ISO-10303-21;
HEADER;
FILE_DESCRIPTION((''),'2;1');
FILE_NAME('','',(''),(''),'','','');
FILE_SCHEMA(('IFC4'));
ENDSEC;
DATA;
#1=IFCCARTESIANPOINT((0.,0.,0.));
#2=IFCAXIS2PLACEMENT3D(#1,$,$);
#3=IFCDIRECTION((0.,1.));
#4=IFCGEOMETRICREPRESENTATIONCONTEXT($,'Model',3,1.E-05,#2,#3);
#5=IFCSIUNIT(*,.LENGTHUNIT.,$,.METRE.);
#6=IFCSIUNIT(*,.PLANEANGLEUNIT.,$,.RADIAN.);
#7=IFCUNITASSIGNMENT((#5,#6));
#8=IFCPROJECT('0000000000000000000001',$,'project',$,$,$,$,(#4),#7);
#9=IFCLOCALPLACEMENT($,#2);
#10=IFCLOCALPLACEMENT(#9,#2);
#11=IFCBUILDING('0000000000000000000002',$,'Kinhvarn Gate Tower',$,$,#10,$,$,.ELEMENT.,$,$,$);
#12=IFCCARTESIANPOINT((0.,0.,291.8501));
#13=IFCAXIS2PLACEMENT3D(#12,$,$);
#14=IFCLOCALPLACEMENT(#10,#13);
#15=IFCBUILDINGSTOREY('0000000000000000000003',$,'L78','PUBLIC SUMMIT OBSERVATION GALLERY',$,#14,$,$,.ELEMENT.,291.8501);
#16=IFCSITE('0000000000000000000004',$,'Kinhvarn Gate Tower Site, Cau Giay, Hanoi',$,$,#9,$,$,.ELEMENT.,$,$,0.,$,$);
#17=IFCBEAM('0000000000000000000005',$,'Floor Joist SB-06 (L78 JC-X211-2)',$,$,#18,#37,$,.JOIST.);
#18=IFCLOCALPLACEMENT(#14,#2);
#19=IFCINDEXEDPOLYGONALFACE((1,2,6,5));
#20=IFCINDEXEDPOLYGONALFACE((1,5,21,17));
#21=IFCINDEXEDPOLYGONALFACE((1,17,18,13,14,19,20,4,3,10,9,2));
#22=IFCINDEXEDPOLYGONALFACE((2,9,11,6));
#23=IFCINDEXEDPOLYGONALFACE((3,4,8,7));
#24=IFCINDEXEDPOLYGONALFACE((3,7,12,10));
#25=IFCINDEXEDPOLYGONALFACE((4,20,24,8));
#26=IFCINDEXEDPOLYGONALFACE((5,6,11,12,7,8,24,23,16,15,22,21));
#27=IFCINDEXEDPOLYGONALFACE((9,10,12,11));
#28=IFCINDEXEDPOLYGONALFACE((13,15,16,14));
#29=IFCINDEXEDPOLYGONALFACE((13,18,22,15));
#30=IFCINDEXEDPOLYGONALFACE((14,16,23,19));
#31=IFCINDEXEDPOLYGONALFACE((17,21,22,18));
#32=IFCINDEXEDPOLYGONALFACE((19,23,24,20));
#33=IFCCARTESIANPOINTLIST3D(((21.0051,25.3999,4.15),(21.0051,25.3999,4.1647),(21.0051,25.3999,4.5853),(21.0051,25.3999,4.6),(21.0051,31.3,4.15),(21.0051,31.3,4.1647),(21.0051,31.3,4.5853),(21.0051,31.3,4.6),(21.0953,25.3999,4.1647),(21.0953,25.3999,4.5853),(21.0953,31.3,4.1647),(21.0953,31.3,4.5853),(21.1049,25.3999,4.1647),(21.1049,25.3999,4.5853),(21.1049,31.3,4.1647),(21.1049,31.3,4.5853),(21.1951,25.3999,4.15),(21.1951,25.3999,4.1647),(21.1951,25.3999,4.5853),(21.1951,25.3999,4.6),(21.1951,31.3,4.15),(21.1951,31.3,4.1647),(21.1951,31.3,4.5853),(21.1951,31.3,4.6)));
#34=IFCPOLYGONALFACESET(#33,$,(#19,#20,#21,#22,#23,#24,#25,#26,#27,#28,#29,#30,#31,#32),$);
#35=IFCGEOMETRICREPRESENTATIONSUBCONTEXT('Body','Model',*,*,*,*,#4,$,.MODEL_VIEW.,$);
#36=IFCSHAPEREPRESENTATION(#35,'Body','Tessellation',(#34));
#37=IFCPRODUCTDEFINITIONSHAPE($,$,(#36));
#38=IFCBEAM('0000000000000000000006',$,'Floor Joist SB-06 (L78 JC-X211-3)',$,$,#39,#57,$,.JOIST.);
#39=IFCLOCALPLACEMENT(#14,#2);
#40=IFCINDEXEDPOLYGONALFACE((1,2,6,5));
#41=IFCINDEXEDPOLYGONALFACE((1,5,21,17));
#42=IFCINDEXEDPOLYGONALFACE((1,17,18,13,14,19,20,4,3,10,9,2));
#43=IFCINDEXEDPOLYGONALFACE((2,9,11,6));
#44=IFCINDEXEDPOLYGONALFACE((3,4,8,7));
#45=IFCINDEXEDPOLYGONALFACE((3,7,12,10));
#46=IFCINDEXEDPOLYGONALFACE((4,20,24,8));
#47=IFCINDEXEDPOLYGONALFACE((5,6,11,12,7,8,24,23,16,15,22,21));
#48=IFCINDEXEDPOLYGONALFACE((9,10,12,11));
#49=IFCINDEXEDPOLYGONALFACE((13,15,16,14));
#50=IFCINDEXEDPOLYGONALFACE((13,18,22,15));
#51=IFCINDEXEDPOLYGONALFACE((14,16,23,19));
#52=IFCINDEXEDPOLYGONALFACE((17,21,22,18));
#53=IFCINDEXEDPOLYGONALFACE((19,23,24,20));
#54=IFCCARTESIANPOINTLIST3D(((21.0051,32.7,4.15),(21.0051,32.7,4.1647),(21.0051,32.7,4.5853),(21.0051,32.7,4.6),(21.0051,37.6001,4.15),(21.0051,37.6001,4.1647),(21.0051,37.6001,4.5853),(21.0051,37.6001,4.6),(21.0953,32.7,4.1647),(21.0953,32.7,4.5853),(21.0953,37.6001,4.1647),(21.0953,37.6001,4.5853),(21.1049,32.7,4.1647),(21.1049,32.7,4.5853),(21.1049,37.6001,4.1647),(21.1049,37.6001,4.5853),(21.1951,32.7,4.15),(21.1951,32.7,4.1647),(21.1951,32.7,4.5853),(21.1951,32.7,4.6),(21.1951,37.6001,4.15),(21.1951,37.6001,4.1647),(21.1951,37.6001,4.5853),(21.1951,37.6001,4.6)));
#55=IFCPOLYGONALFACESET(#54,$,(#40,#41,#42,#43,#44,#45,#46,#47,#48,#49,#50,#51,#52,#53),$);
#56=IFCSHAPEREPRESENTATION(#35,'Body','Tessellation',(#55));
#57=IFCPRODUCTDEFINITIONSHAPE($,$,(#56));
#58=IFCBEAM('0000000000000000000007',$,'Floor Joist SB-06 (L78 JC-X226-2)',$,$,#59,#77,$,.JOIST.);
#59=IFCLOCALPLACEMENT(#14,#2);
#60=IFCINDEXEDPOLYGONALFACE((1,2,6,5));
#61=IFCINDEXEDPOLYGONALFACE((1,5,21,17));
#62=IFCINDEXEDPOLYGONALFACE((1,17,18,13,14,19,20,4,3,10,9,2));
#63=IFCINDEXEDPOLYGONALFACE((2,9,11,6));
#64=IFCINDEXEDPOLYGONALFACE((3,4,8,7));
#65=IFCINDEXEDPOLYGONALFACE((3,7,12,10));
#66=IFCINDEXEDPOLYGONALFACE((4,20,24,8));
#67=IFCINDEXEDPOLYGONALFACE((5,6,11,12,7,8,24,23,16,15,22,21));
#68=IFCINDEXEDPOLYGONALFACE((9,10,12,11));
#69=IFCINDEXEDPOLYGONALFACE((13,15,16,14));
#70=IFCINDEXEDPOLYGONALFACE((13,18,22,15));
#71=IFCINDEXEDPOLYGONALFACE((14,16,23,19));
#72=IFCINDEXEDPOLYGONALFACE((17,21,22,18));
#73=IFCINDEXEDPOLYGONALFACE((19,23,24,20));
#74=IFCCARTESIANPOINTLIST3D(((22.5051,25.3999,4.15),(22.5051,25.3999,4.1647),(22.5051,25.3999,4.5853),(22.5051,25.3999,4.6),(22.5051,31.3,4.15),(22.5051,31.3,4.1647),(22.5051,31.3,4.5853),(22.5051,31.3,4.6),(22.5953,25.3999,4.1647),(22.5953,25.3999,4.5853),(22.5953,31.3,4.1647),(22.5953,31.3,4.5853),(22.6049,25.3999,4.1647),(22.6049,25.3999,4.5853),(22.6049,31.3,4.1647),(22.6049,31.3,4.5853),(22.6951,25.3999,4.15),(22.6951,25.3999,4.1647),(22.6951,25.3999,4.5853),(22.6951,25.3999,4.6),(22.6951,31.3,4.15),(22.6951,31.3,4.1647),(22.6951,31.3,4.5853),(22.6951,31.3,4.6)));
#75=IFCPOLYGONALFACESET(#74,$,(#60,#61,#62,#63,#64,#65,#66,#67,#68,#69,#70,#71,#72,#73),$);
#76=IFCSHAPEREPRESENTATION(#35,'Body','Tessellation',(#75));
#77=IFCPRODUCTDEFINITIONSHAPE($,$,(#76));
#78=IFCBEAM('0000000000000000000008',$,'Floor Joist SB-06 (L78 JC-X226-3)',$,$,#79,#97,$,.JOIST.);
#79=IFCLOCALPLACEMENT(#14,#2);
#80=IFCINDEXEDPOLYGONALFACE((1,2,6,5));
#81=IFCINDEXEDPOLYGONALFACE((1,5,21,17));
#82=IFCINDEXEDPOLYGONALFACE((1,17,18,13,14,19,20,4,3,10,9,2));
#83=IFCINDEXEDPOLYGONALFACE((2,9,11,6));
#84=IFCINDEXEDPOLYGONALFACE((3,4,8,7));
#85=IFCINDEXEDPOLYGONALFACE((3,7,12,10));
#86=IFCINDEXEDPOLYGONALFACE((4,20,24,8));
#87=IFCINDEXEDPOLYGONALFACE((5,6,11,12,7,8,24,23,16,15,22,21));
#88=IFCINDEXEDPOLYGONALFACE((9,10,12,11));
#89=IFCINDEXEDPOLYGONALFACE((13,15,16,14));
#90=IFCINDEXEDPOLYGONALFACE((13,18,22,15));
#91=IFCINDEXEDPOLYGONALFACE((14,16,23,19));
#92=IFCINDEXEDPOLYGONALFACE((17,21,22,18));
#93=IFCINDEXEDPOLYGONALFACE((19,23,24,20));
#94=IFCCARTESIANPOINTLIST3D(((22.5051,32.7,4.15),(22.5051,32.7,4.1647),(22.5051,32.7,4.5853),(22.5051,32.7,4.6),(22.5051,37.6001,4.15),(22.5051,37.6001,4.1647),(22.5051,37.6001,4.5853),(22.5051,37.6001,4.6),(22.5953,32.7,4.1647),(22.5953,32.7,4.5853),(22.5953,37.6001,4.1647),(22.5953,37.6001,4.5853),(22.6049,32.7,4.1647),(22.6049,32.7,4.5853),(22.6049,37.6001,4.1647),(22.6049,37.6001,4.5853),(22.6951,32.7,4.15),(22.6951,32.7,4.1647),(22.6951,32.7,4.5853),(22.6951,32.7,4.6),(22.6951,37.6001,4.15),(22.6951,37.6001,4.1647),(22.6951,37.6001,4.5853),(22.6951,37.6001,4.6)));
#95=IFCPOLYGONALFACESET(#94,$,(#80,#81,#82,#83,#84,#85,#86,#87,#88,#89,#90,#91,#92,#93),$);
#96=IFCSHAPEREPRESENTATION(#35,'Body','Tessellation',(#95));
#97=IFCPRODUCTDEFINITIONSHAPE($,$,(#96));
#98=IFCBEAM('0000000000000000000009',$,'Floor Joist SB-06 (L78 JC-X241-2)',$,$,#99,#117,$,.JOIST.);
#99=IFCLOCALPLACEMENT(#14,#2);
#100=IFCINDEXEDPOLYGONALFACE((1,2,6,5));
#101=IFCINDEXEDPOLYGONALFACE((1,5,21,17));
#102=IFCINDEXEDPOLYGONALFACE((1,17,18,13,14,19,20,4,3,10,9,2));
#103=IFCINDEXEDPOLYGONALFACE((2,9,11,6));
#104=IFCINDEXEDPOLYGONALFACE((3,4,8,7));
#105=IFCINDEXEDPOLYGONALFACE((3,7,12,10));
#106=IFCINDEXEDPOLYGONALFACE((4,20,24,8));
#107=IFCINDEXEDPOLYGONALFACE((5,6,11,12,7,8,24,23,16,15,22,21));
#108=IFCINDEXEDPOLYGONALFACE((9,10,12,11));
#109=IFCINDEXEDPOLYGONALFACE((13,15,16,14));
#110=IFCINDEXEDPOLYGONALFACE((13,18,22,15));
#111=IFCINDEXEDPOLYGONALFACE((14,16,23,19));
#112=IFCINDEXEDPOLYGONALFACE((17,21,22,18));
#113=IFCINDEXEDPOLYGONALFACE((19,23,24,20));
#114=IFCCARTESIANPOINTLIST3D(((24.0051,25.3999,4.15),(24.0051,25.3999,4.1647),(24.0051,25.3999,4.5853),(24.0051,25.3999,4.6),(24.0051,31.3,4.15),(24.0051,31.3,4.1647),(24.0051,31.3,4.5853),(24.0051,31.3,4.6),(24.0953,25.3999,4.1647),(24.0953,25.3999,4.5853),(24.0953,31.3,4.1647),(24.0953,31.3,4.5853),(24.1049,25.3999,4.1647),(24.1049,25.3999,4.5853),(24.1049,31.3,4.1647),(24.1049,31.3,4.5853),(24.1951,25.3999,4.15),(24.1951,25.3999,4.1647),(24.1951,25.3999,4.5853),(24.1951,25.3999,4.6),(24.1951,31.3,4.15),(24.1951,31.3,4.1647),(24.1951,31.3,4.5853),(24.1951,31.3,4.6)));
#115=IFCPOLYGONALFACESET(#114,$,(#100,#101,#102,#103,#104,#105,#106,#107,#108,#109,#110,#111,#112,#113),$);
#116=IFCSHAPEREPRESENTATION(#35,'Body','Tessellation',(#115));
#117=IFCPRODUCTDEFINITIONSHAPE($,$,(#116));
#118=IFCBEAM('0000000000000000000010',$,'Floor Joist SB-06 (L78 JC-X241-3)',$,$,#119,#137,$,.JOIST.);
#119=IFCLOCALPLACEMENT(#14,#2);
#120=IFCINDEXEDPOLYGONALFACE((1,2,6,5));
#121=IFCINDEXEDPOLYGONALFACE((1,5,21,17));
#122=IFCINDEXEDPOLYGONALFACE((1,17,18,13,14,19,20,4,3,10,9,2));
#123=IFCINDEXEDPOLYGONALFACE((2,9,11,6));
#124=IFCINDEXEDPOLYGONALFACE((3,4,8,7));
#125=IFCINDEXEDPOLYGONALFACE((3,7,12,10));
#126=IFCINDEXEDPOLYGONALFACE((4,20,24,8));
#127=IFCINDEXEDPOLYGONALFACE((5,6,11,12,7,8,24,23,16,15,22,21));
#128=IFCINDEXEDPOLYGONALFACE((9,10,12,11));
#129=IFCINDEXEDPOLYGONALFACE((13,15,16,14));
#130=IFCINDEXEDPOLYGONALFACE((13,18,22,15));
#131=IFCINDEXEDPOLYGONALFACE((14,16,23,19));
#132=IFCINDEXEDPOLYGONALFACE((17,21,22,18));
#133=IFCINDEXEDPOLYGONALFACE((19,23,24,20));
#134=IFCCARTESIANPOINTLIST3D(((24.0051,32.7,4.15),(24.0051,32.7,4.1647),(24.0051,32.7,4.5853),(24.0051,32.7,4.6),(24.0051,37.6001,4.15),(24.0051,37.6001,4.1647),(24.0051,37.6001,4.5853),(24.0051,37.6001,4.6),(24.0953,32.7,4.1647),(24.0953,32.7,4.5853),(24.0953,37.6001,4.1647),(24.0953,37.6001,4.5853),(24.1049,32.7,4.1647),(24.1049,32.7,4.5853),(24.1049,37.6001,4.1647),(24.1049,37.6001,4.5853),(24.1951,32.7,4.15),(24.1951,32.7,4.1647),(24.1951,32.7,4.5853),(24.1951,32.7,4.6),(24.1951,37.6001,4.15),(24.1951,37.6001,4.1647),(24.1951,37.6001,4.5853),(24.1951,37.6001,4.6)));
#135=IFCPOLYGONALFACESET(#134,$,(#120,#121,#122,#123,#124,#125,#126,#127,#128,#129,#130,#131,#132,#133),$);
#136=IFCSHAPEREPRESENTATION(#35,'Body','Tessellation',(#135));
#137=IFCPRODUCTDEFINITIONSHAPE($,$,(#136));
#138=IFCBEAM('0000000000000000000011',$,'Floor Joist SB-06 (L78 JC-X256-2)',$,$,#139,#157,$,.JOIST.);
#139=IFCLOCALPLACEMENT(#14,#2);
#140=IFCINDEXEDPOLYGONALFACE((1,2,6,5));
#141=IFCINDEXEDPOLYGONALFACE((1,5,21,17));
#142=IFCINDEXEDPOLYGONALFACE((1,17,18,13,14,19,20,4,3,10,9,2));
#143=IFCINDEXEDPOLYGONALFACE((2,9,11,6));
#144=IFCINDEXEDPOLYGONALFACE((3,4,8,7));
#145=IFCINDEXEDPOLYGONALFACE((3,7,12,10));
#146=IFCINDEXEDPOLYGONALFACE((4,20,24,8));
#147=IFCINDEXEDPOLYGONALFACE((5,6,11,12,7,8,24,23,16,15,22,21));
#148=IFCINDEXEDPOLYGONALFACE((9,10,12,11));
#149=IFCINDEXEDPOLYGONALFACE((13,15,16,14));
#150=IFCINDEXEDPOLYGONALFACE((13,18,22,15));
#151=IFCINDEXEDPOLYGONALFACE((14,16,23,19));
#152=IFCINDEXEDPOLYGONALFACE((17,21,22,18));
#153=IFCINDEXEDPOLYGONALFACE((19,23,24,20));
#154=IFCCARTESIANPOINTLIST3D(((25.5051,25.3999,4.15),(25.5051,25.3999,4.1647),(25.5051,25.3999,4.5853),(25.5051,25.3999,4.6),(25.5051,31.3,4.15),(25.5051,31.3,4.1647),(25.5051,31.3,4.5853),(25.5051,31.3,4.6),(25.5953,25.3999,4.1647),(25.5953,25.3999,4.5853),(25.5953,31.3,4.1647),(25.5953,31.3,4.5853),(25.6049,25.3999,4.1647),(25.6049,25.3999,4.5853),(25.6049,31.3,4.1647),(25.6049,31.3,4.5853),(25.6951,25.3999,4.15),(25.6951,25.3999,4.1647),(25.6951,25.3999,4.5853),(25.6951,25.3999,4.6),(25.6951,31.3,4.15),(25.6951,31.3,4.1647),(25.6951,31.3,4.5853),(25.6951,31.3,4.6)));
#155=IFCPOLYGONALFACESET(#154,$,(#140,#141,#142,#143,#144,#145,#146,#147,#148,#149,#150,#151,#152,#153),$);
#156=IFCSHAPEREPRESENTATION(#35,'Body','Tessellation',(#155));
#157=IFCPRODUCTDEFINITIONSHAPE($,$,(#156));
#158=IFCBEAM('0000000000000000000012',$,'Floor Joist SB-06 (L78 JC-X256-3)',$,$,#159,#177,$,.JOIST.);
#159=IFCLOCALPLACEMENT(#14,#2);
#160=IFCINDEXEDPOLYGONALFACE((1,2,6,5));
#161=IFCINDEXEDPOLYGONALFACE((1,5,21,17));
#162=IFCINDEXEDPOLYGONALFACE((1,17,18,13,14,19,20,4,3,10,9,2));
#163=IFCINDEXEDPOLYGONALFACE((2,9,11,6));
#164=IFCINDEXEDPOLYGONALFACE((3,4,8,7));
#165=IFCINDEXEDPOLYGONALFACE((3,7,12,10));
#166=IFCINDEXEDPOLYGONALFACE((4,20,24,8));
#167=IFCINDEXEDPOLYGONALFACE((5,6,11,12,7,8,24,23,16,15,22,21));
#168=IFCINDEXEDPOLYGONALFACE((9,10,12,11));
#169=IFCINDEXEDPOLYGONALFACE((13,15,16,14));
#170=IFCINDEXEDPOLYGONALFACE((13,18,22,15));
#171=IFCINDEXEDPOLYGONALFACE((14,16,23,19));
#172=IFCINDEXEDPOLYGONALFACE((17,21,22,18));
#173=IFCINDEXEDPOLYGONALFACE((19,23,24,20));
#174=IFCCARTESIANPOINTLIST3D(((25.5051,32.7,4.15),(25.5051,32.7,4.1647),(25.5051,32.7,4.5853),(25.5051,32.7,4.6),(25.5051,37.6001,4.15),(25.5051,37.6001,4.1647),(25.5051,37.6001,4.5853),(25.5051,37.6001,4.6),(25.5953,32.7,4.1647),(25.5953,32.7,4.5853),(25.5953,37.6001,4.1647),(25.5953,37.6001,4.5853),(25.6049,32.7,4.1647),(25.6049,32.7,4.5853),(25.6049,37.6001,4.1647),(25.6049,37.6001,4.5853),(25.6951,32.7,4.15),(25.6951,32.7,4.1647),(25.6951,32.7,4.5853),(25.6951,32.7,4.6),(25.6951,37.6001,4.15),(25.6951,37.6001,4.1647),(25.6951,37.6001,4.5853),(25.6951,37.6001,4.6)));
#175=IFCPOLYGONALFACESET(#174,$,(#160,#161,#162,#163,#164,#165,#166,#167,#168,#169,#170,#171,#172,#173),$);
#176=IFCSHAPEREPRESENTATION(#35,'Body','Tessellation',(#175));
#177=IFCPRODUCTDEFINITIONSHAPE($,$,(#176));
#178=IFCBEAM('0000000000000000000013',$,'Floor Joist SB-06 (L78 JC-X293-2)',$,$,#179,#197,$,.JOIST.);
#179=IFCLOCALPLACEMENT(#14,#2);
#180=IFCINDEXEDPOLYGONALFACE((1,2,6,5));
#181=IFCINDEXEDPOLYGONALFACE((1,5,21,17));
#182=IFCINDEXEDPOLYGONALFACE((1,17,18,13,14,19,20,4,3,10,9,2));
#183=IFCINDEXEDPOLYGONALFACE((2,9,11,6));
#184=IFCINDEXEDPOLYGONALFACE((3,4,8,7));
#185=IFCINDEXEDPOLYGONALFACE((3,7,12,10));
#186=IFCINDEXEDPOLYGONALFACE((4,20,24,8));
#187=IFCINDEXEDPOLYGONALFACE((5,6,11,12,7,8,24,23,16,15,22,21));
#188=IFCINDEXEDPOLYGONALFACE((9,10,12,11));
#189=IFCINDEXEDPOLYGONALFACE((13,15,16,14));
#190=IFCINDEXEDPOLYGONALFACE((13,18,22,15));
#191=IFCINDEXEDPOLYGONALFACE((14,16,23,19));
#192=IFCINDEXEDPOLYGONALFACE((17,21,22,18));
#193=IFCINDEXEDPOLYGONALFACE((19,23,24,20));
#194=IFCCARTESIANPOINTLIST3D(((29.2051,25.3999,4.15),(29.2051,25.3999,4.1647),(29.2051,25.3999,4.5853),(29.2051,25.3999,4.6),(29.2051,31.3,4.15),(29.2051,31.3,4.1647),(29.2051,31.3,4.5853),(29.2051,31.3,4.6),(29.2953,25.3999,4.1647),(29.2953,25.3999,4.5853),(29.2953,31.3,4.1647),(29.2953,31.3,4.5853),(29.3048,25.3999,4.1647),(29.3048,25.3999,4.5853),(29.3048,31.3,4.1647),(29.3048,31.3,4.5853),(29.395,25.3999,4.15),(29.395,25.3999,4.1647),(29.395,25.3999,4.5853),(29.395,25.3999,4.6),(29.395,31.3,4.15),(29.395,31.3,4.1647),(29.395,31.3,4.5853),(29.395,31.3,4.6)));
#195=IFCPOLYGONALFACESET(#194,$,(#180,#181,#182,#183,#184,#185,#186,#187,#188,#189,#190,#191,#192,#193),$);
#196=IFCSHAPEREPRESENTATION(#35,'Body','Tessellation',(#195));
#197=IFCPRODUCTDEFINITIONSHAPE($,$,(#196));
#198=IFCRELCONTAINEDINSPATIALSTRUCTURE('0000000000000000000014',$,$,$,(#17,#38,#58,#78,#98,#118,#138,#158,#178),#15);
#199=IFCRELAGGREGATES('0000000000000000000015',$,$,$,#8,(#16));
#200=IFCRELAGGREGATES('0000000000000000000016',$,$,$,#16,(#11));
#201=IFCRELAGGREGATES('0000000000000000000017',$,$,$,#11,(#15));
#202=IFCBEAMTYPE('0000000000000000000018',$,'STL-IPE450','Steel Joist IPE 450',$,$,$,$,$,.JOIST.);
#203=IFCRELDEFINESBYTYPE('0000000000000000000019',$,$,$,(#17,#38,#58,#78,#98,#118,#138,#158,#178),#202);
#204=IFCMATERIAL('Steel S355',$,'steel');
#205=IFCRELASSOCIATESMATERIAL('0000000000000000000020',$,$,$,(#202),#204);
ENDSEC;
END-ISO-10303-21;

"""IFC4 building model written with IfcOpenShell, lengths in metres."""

from ifc_helpers import new_model, si_unit, direction, frame, origin, origin_2d, place, context, subcontext, project, spatial, i_section, extrude, material, material_profile, profile_set, type_object, element, save


model = new_model("IFC4")

# Units and contexts
model_context = context("Model", 3, precision=1e-05, world=origin(), true_north=direction((0.0, 1.0)))
body_context = subcontext(model_context, "Body", "Model", "MODEL_VIEW")
ifc_project = project(units=[si_unit("LENGTHUNIT", "METRE"), si_unit("PLANEANGLEUNIT", "RADIAN")], contexts=[model_context])

# Site, building, storey
site_placement = place(None, origin())
site = spatial("IfcSite", under=ifc_project, at=site_placement, Name="Kinhvarn Gate Tower Site, Cau Giay, Hanoi", CompositionType="ELEMENT", RefElevation=0.0)
building_placement = place(site_placement, origin())
building = spatial("IfcBuilding", under=site, at=building_placement, Name="Kinhvarn Gate Tower", CompositionType="ELEMENT")
storey_placement = place(building_placement, frame((0.0, 0.0, 291.8501)))
storey = spatial("IfcBuildingStorey", under=building, at=storey_placement, Name="L78", Description="PUBLIC SUMMIT OBSERVATION GALLERY", CompositionType="ELEMENT", Elevation=291.8501)

# Beams
ifc_material_1 = material(Name="Steel S355", Category="steel")
ifc_material_profile = material_profile(ifc_material_1, i_section(OverallWidth=0.1899, OverallDepth=0.45, WebThickness=0.0095, FlangeThickness=0.0146, at=origin_2d()), Name="IPE 450")
ifc_profile_set = profile_set([ifc_material_profile], Name="Steel S355")
beam_type = type_object("IfcBeamType", Name="STL-IPE450", Description="Steel Joist IPE 450", PredefinedType="JOIST", material=ifc_profile_set)
beam_1_placement = place(storey_placement, frame((21.1001, 25.3999, 4.375), z_axis=(0.0, 1.0, 0.0), x_axis=(-1.0, 0.0, 0.0)))
element("IfcBeam", 1, at=beam_1_placement, inside=storey, type_object=beam_type, Name="Floor Joist SB-06 (L78 JC-X211-2)", PredefinedType="JOIST", context=body_context, shape_type="SweptSolid", body=[
    extrude(i_section(OverallWidth=0.1899, OverallDepth=0.45, WebThickness=0.0095, FlangeThickness=0.0146, at=origin_2d()), origin(), (0.0, 0.0, 1.0), 5.9001),
])
beam_2_placement = place(storey_placement, frame((21.1001, 32.7, 4.375), z_axis=(0.0, 1.0, 0.0), x_axis=(-1.0, 0.0, 0.0)))
element("IfcBeam", 2, at=beam_2_placement, inside=storey, type_object=beam_type, Name="Floor Joist SB-06 (L78 JC-X211-3)", PredefinedType="JOIST", context=body_context, shape_type="SweptSolid", body=[
    extrude(i_section(OverallWidth=0.1899, OverallDepth=0.45, WebThickness=0.0095, FlangeThickness=0.0146, at=origin_2d()), origin(), (0.0, 0.0, 1.0), 4.9001),
])
beam_3_placement = place(storey_placement, frame((22.6001, 25.3999, 4.375), z_axis=(0.0, 1.0, 0.0), x_axis=(-1.0, 0.0, 0.0)))
element("IfcBeam", 3, at=beam_3_placement, inside=storey, type_object=beam_type, Name="Floor Joist SB-06 (L78 JC-X226-2)", PredefinedType="JOIST", context=body_context, shape_type="SweptSolid", body=[
    extrude(i_section(OverallWidth=0.1899, OverallDepth=0.45, WebThickness=0.0095, FlangeThickness=0.0146, at=origin_2d()), origin(), (0.0, 0.0, 1.0), 5.9001),
])
beam_4_placement = place(storey_placement, frame((22.6001, 32.7, 4.375), z_axis=(0.0, 1.0, 0.0), x_axis=(-1.0, 0.0, 0.0)))
element("IfcBeam", 4, at=beam_4_placement, inside=storey, type_object=beam_type, Name="Floor Joist SB-06 (L78 JC-X226-3)", PredefinedType="JOIST", context=body_context, shape_type="SweptSolid", body=[
    extrude(i_section(OverallWidth=0.1899, OverallDepth=0.45, WebThickness=0.0095, FlangeThickness=0.0146, at=origin_2d()), origin(), (0.0, 0.0, 1.0), 4.9001),
])
beam_5_placement = place(storey_placement, frame((24.1001, 25.3999, 4.375), z_axis=(0.0, 1.0, 0.0), x_axis=(-1.0, 0.0, 0.0)))
element("IfcBeam", 5, at=beam_5_placement, inside=storey, type_object=beam_type, Name="Floor Joist SB-06 (L78 JC-X241-2)", PredefinedType="JOIST", context=body_context, shape_type="SweptSolid", body=[
    extrude(i_section(OverallWidth=0.1899, OverallDepth=0.45, WebThickness=0.0095, FlangeThickness=0.0146, at=origin_2d()), origin(), (0.0, 0.0, 1.0), 5.9001),
])
beam_6_placement = place(storey_placement, frame((24.1001, 32.7, 4.375), z_axis=(0.0, 1.0, 0.0), x_axis=(-1.0, 0.0, 0.0)))
element("IfcBeam", 6, at=beam_6_placement, inside=storey, type_object=beam_type, Name="Floor Joist SB-06 (L78 JC-X241-3)", PredefinedType="JOIST", context=body_context, shape_type="SweptSolid", body=[
    extrude(i_section(OverallWidth=0.1899, OverallDepth=0.45, WebThickness=0.0095, FlangeThickness=0.0146, at=origin_2d()), origin(), (0.0, 0.0, 1.0), 4.9001),
])
beam_7_placement = place(storey_placement, frame((25.6001, 25.3999, 4.375), z_axis=(0.0, 1.0, 0.0), x_axis=(-1.0, 0.0, 0.0)))
element("IfcBeam", 7, at=beam_7_placement, inside=storey, type_object=beam_type, Name="Floor Joist SB-06 (L78 JC-X256-2)", PredefinedType="JOIST", context=body_context, shape_type="SweptSolid", body=[
    extrude(i_section(OverallWidth=0.1899, OverallDepth=0.45, WebThickness=0.0095, FlangeThickness=0.0146, at=origin_2d()), origin(), (0.0, 0.0, 1.0), 5.9001),
])
beam_8_placement = place(storey_placement, frame((25.6001, 32.7, 4.375), z_axis=(0.0, 1.0, 0.0), x_axis=(-1.0, 0.0, 0.0)))
element("IfcBeam", 8, at=beam_8_placement, inside=storey, type_object=beam_type, Name="Floor Joist SB-06 (L78 JC-X256-3)", PredefinedType="JOIST", context=body_context, shape_type="SweptSolid", body=[
    extrude(i_section(OverallWidth=0.1899, OverallDepth=0.45, WebThickness=0.0095, FlangeThickness=0.0146, at=origin_2d()), origin(), (0.0, 0.0, 1.0), 4.9001),
])
beam_9_placement = place(storey_placement, frame((29.3, 25.3999, 4.375), z_axis=(0.0, 1.0, 0.0), x_axis=(-1.0, 0.0, 0.0)))
element("IfcBeam", 9, at=beam_9_placement, inside=storey, type_object=beam_type, Name="Floor Joist SB-06 (L78 JC-X293-2)", PredefinedType="JOIST", context=body_context, shape_type="SweptSolid", body=[
    extrude(i_section(OverallWidth=0.1899, OverallDepth=0.45, WebThickness=0.0095, FlangeThickness=0.0146, at=origin_2d()), origin(), (0.0, 0.0, 1.0), 5.9001),
])

save(model, "model.ifc")
